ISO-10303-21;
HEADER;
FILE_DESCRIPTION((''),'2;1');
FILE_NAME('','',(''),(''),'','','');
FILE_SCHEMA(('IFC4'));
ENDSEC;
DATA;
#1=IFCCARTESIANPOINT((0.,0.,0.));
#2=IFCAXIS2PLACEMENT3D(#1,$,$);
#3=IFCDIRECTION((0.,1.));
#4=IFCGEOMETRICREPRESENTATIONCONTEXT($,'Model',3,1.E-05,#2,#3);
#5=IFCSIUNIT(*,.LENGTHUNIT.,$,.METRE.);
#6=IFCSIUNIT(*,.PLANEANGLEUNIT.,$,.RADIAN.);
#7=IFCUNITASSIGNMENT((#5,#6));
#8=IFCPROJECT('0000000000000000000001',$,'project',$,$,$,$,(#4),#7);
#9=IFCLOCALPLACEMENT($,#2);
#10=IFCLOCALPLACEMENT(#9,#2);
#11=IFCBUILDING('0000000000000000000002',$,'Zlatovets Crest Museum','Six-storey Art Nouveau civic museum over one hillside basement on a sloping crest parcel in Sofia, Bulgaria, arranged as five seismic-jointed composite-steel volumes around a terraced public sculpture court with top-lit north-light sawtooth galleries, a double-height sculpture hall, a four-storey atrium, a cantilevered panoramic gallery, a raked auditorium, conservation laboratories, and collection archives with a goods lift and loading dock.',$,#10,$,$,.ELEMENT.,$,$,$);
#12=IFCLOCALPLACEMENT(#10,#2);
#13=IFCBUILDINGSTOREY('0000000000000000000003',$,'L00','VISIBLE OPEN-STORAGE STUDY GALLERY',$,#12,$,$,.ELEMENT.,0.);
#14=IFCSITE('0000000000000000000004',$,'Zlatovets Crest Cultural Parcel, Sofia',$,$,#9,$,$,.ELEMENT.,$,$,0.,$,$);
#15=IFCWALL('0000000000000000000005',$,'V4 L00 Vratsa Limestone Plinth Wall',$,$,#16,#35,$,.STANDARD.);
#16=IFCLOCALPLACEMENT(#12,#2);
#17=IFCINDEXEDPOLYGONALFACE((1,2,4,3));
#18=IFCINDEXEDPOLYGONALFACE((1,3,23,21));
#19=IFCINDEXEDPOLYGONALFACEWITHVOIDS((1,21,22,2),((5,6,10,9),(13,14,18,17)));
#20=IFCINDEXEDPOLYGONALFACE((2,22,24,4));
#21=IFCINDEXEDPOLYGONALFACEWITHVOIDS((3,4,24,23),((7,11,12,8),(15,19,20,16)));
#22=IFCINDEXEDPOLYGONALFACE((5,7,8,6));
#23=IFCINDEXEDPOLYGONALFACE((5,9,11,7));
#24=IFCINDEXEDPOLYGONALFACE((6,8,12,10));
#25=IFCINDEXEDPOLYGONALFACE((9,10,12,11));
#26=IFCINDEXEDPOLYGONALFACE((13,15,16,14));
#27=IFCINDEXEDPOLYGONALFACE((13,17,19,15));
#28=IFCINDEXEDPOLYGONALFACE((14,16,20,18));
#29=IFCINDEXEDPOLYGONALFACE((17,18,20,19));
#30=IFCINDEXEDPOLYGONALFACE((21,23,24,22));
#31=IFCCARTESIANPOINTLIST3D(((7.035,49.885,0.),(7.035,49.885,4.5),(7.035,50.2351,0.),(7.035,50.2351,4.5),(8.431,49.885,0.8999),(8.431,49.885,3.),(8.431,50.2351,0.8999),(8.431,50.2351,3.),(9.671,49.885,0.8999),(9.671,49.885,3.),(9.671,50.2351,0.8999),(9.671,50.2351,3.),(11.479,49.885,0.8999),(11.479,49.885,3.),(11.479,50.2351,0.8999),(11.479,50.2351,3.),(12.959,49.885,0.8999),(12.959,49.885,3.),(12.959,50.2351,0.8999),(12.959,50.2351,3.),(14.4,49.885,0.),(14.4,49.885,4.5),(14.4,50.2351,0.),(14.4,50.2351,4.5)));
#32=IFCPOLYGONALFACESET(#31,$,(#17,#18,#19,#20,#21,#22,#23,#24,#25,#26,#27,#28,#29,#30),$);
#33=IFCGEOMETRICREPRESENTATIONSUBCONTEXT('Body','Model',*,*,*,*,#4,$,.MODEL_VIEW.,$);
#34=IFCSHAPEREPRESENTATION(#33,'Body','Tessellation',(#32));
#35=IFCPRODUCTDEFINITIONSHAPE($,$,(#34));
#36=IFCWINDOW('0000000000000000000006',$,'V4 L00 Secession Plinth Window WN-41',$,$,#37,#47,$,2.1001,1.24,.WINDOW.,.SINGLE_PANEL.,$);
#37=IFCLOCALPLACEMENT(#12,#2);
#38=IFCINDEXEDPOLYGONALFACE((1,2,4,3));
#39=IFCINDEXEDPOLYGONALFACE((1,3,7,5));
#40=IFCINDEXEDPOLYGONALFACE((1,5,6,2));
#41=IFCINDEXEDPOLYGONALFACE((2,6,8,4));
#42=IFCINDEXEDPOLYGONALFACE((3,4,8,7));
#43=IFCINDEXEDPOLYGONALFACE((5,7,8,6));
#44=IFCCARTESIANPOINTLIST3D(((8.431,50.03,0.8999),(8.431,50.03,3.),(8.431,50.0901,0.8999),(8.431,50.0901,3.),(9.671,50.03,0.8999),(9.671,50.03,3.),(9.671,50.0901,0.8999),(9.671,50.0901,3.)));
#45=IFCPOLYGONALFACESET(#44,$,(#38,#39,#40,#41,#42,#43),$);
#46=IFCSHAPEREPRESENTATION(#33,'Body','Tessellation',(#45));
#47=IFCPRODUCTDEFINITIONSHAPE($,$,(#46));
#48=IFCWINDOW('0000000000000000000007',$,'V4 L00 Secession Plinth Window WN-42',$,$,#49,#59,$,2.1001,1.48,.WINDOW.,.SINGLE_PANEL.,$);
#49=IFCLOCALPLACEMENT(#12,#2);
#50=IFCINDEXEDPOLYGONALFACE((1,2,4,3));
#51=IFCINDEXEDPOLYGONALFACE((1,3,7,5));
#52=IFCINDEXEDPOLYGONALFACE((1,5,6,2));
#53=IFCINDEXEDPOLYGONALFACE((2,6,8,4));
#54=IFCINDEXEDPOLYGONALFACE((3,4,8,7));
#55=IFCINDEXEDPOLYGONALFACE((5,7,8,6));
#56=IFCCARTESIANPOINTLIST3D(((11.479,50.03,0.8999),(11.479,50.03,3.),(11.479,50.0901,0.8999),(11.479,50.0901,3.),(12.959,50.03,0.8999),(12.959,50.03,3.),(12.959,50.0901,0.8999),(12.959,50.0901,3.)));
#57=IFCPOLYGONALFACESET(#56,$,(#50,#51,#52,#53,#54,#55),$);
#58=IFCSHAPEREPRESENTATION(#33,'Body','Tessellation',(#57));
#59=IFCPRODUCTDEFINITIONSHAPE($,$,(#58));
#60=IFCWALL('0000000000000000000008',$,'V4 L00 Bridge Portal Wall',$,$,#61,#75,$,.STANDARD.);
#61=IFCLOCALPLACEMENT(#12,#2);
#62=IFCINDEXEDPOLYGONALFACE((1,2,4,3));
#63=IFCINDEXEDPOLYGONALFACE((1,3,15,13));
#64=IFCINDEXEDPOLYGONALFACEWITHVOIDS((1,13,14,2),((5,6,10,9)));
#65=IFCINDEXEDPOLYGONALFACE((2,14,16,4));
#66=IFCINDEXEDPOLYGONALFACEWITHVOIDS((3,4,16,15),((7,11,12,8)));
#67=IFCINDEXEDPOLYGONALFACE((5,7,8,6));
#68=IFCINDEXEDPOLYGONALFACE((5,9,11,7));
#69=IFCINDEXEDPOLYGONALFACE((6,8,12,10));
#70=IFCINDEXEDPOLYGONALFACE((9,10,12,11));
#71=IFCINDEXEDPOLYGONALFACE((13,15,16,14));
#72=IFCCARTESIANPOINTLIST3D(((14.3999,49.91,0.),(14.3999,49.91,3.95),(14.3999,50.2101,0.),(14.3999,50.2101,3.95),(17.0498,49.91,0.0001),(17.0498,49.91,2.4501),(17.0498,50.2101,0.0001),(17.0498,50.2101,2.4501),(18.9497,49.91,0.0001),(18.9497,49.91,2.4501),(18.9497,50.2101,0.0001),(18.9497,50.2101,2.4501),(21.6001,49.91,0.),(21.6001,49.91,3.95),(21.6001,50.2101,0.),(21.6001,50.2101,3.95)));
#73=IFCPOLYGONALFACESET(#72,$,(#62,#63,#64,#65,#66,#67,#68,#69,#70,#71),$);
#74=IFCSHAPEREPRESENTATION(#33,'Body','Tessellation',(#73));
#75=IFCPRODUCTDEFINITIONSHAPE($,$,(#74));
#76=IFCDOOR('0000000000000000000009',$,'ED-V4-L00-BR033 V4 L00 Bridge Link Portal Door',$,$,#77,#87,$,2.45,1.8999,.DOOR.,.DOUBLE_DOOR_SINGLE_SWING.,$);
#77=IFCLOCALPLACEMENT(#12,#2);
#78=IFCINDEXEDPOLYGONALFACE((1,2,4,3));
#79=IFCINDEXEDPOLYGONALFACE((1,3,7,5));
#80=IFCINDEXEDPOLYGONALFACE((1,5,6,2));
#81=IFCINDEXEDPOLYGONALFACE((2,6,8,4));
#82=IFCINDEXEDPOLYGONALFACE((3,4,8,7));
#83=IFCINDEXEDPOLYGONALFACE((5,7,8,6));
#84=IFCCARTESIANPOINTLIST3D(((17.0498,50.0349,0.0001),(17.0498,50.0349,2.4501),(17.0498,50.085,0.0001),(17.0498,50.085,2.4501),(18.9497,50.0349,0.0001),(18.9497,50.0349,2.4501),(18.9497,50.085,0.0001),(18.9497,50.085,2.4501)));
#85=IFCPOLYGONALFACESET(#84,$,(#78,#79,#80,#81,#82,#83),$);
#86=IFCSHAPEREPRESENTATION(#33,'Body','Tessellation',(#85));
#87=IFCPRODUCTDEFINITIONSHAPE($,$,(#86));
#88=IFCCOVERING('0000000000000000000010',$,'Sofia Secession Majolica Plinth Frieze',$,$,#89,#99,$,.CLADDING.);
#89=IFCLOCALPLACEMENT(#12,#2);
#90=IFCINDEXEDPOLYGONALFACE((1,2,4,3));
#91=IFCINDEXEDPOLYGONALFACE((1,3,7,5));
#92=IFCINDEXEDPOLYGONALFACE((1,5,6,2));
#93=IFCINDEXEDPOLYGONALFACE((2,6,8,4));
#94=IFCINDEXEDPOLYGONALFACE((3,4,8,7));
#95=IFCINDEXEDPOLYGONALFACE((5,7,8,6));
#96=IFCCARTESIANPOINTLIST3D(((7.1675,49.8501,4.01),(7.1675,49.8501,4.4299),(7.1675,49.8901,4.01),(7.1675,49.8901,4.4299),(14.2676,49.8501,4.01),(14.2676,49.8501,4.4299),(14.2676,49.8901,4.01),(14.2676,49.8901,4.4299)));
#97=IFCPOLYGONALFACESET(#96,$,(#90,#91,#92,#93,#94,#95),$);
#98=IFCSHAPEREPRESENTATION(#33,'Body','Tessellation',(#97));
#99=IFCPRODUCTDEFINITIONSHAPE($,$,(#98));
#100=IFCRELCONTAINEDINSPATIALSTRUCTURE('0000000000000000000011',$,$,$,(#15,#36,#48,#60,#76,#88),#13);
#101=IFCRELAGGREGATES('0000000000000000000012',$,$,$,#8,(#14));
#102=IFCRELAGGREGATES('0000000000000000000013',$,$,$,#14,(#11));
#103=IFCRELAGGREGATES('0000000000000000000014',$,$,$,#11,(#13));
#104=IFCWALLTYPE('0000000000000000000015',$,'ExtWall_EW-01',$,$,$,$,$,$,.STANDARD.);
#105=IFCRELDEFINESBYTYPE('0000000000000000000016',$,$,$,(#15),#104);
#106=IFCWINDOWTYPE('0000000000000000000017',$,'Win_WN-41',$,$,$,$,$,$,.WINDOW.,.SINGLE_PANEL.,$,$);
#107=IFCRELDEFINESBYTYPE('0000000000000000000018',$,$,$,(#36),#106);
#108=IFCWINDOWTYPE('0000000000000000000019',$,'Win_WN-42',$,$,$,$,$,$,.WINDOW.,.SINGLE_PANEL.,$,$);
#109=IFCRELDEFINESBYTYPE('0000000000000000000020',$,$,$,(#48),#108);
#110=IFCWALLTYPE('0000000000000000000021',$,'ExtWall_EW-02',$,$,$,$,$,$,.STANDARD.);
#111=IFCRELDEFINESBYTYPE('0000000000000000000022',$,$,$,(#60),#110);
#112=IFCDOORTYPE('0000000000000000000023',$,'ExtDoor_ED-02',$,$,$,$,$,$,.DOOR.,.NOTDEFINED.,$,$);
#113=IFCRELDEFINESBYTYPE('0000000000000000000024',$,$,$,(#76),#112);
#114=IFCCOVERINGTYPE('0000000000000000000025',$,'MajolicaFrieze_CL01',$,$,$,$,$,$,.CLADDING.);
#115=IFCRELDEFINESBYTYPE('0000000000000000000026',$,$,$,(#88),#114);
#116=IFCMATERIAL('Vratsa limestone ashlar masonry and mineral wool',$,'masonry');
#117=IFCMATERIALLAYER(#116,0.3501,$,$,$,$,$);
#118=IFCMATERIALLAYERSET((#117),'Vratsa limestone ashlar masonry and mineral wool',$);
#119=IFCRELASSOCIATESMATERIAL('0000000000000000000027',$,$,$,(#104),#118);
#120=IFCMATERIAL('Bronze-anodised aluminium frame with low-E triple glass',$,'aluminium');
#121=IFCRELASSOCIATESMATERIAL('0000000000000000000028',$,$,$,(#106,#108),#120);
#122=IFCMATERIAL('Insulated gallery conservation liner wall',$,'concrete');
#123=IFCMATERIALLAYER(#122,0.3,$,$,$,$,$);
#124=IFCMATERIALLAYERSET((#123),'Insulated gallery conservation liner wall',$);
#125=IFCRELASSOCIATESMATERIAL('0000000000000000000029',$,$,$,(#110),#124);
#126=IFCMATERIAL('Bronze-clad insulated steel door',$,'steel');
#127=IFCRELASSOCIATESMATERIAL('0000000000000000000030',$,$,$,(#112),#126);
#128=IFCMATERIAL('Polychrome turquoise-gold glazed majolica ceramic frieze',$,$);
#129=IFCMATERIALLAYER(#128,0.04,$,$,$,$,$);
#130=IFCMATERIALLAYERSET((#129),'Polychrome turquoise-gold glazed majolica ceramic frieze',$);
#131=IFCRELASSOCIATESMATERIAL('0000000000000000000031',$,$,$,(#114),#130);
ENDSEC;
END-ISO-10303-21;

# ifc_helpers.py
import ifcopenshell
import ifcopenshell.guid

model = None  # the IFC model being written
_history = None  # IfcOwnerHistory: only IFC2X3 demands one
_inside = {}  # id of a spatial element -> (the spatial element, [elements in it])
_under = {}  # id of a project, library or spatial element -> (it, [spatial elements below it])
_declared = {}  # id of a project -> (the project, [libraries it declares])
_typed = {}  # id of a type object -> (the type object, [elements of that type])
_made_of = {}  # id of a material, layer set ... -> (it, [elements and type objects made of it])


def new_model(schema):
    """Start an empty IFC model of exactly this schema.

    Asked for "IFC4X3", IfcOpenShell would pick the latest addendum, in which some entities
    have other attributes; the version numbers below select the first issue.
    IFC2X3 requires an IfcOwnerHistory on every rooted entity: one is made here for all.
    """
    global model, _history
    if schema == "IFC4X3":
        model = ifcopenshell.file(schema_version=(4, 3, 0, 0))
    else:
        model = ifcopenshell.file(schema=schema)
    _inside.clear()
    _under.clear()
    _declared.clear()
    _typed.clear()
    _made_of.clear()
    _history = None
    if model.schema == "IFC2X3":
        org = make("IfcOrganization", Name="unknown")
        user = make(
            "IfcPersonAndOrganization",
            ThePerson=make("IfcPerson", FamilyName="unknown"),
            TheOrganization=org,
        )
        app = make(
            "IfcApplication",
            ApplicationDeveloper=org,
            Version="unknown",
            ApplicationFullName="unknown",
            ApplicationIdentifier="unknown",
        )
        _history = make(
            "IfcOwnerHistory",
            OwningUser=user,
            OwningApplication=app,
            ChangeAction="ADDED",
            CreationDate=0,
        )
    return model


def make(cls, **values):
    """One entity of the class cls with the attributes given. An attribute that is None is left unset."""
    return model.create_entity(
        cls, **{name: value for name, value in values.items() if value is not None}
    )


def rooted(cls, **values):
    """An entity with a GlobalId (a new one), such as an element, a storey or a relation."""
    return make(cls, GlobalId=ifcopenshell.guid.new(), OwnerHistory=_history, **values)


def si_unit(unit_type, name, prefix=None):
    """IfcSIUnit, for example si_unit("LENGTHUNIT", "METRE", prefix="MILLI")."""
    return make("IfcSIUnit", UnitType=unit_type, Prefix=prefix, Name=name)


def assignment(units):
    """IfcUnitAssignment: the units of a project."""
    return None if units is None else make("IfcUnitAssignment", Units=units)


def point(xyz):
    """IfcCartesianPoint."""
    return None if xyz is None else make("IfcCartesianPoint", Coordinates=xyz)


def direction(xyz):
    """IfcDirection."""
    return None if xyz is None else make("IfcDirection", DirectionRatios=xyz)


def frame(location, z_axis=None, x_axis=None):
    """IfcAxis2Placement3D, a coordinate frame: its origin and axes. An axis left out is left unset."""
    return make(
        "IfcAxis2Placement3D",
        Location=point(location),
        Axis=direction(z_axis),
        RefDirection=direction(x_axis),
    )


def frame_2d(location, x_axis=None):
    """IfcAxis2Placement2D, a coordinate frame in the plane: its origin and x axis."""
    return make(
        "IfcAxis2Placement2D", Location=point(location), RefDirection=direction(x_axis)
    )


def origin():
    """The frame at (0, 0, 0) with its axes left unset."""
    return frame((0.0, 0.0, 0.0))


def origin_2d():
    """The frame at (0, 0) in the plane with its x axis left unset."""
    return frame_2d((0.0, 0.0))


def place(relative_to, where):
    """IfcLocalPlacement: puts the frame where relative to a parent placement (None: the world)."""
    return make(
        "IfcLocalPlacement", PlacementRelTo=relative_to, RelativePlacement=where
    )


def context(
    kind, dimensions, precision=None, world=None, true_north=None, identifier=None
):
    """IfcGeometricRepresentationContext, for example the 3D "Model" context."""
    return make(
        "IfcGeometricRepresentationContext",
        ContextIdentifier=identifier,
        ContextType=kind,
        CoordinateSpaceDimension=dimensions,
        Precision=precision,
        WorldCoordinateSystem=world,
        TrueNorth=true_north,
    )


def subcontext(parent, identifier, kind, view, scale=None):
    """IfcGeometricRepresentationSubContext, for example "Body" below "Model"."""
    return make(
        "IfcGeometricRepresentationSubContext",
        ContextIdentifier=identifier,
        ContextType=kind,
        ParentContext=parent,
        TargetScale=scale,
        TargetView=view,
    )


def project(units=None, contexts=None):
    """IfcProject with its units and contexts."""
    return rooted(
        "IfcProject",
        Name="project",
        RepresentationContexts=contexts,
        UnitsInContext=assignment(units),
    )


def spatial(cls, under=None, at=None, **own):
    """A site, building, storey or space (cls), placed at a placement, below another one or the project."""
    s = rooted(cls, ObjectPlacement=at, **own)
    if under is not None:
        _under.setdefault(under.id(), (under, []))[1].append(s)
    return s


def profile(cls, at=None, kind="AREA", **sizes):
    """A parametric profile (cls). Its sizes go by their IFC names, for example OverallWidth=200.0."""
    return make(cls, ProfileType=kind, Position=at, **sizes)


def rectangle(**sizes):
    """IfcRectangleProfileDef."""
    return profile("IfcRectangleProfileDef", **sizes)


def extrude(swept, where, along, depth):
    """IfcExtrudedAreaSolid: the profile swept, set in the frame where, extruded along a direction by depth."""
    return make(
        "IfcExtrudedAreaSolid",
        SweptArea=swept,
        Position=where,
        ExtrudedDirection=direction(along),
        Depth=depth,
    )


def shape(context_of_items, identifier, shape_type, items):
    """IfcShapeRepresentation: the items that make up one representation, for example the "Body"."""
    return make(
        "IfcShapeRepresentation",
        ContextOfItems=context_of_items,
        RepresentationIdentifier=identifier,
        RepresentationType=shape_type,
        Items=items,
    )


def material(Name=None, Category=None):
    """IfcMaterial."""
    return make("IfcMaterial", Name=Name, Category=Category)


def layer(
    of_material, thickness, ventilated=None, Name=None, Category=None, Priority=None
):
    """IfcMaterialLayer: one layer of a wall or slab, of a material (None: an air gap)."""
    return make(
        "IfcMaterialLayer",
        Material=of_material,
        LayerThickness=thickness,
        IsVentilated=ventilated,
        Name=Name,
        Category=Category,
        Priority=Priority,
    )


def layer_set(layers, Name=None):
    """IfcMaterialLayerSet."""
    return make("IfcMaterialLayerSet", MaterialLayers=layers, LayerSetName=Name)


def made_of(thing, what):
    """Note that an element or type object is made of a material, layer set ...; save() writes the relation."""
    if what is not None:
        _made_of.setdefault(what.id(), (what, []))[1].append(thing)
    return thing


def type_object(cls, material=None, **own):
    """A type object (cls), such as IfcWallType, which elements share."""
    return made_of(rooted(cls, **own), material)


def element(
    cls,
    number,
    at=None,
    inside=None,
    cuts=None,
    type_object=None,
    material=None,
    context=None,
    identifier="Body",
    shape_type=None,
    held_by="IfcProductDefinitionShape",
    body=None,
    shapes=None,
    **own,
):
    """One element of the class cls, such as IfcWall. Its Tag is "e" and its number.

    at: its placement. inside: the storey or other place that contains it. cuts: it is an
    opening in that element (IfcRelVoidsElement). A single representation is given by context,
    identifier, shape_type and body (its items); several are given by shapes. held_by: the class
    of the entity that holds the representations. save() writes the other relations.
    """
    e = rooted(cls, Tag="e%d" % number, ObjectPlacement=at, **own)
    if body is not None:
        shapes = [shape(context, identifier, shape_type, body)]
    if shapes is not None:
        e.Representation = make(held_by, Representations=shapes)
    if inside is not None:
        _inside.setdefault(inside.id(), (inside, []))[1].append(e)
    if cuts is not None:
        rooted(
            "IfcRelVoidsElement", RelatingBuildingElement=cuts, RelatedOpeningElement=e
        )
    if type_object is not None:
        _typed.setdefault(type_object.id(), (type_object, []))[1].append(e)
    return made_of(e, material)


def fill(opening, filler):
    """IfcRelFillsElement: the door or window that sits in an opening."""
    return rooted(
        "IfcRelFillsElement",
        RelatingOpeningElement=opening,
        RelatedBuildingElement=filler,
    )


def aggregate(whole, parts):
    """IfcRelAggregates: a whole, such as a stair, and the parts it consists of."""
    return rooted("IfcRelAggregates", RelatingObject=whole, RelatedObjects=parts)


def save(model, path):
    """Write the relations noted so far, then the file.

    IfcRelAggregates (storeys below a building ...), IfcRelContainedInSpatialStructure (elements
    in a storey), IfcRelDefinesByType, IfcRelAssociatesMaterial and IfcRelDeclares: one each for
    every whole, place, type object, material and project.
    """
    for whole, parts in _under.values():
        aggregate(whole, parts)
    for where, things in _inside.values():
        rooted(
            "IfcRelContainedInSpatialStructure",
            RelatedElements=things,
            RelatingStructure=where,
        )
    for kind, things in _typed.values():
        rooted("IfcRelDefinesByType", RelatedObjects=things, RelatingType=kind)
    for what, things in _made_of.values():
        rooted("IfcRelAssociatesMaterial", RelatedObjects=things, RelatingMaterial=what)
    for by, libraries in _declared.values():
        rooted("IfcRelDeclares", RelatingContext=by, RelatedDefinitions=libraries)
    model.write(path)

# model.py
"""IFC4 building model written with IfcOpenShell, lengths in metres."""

from ifc_helpers import new_model, si_unit, direction, frame, frame_2d, origin, origin_2d, place, context, subcontext, project, spatial, rectangle, extrude, material, layer, layer_set, type_object, element, fill, save


model = new_model("IFC4")

# Units and contexts
model_context = context("Model", 3, precision=1e-05, world=origin(), true_north=direction((0.0, 1.0)))
body_context = subcontext(model_context, "Body", "Model", "MODEL_VIEW")
ifc_project = project(units=[si_unit("LENGTHUNIT", "METRE"), si_unit("PLANEANGLEUNIT", "RADIAN")], contexts=[model_context])

# Site, building, storey
site_placement = place(None, origin())
site = spatial("IfcSite", under=ifc_project, at=site_placement, Name="Zlatovets Crest Cultural Parcel, Sofia", CompositionType="ELEMENT", RefElevation=0.0)
building_placement = place(site_placement, origin())
building = spatial("IfcBuilding", under=site, at=building_placement, Name="Zlatovets Crest Museum", Description="Six-storey Art Nouveau civic museum over one hillside basement on a sloping crest parcel in Sofia, Bulgaria, arranged as five seismic-jointed composite-steel volumes around a terraced public sculpture court with top-lit north-light sawtooth galleries, a double-height sculpture hall, a four-storey atrium, a cantilevered panoramic gallery, a raked auditorium, conservation laboratories, and collection archives with a goods lift and loading dock.", CompositionType="ELEMENT")
storey_placement = place(building_placement, origin())
storey = spatial("IfcBuildingStorey", under=building, at=storey_placement, Name="L00", Description="VISIBLE OPEN-STORAGE STUDY GALLERY", CompositionType="ELEMENT", Elevation=0.0)

# Wall, openings, windows
ifc_material_1 = material(Name="Vratsa limestone ashlar masonry and mineral wool", Category="masonry")
ifc_layer_1 = layer(ifc_material_1, 0.3501)
ifc_layer_set_1 = layer_set([ifc_layer_1], Name="Vratsa limestone ashlar masonry and mineral wool")
wall_type_1 = type_object("IfcWallType", Name="ExtWall_EW-01", PredefinedType="STANDARD", material=ifc_layer_set_1)
wall_1_placement = place(storey_placement, frame((7.0349, 50.0601, 0.0), z_axis=(0.0, 0.0, 1.0), x_axis=(1.0, 0.0, 0.0)))
wall_1 = element("IfcWall", 1, at=wall_1_placement, inside=storey, type_object=wall_type_1, Name="V4 L00 Vratsa Limestone Plinth Wall", PredefinedType="STANDARD", context=body_context, shape_type="SweptSolid", body=[
    extrude(rectangle(XDim=7.365, YDim=0.3501, at=frame_2d((3.6826, 0.0))), origin(), (0.0, 0.0, 1.0), 4.5),
])
opening_1_placement = place(wall_1_placement, frame((1.396, 0.0, 0.8999)))
opening_1 = element("IfcOpeningElement", 2, at=opening_1_placement, cuts=wall_1, PredefinedType="OPENING", context=body_context, shape_type="SweptSolid", body=[
    extrude(rectangle(XDim=1.24, YDim=2.1001, at=frame_2d((0.6201, 1.05))), frame((0.0, 0.1851, 0.0), z_axis=(0.0, -1.0, 0.0), x_axis=(1.0, 0.0, 0.0)), (0.0, 0.0, 1.0), 0.3701),
])
opening_2_placement = place(wall_1_placement, frame((4.4441, 0.0, 0.8999)))
opening_2 = element("IfcOpeningElement", 3, at=opening_2_placement, cuts=wall_1, PredefinedType="OPENING", context=body_context, shape_type="SweptSolid", body=[
    extrude(rectangle(XDim=1.48, YDim=2.1001, at=frame_2d((0.74, 1.05))), frame((0.0, 0.1851, 0.0), z_axis=(0.0, -1.0, 0.0), x_axis=(1.0, 0.0, 0.0)), (0.0, 0.0, 1.0), 0.3701),
])
ifc_material_2 = material(Name="Bronze-anodised aluminium frame with low-E triple glass", Category="aluminium")
window_type_1 = type_object("IfcWindowType", Name="Win_WN-41", PartitioningType="SINGLE_PANEL", PredefinedType="WINDOW", material=ifc_material_2)
window_1_placement = place(opening_1_placement, origin())
window_1 = element("IfcWindow", 4, at=window_1_placement, inside=storey, type_object=window_type_1, Name="V4 L00 Secession Plinth Window WN-41", OverallHeight=2.1001, OverallWidth=1.24, PartitioningType="SINGLE_PANEL", PredefinedType="WINDOW", context=body_context, shape_type="SweptSolid", body=[
    extrude(rectangle(XDim=1.24, YDim=2.1001, at=frame_2d((0.6201, 1.05))), frame((0.0, 0.03, 0.0), z_axis=(0.0, -1.0, 0.0), x_axis=(1.0, 0.0, 0.0)), (0.0, 0.0, 1.0), 0.0601),
])
fill(opening_1, window_1)
window_type_2 = type_object("IfcWindowType", Name="Win_WN-42", PartitioningType="SINGLE_PANEL", PredefinedType="WINDOW", material=ifc_material_2)
window_2_placement = place(opening_2_placement, origin())
window_2 = element("IfcWindow", 5, at=window_2_placement, inside=storey, type_object=window_type_2, Name="V4 L00 Secession Plinth Window WN-42", OverallHeight=2.1001, OverallWidth=1.48, PartitioningType="SINGLE_PANEL", PredefinedType="WINDOW", context=body_context, shape_type="SweptSolid", body=[
    extrude(rectangle(XDim=1.48, YDim=2.1001, at=frame_2d((0.74, 1.05))), frame((0.0, 0.03, 0.0), z_axis=(0.0, -1.0, 0.0), x_axis=(1.0, 0.0, 0.0)), (0.0, 0.0, 1.0), 0.0601),
])
fill(opening_2, window_2)

# Wall, opening, door
ifc_material_3 = material(Name="Insulated gallery conservation liner wall", Category="concrete")
ifc_layer_2 = layer(ifc_material_3, 0.3)
ifc_layer_set_2 = layer_set([ifc_layer_2], Name="Insulated gallery conservation liner wall")
wall_type_2 = type_object("IfcWallType", Name="ExtWall_EW-02", PredefinedType="STANDARD", material=ifc_layer_set_2)
wall_2_placement = place(storey_placement, frame((14.3999, 50.0601, 0.0), z_axis=(0.0, 0.0, 1.0), x_axis=(1.0, 0.0, 0.0)))
wall_2 = element("IfcWall", 6, at=wall_2_placement, inside=storey, type_object=wall_type_2, Name="V4 L00 Bridge Portal Wall", PredefinedType="STANDARD", context=body_context, shape_type="SweptSolid", body=[
    extrude(rectangle(XDim=7.2002, YDim=0.3, at=frame_2d((3.6001, 0.0))), origin(), (0.0, 0.0, 1.0), 3.95),
])
opening_3_placement = place(wall_2_placement, frame((2.6499, 0.0, 0.0)))
opening_3 = element("IfcOpeningElement", 7, at=opening_3_placement, cuts=wall_2, PredefinedType="OPENING", context=body_context, shape_type="SweptSolid", body=[
    extrude(rectangle(XDim=1.8999, YDim=2.45, at=frame_2d((0.95, 1.2251))), frame((0.0, 0.1602, 0.0), z_axis=(0.0, -1.0, 0.0), x_axis=(1.0, 0.0, 0.0)), (0.0, 0.0, 1.0), 0.3201),
])
ifc_material_4 = material(Name="Bronze-clad insulated steel door", Category="steel")
door_type = type_object("IfcDoorType", Name="ExtDoor_ED-02", OperationType="NOTDEFINED", PredefinedType="DOOR", material=ifc_material_4)
door_placement = place(opening_3_placement, origin())
door = element("IfcDoor", 8, at=door_placement, inside=storey, type_object=door_type, Name="ED-V4-L00-BR033 V4 L00 Bridge Link Portal Door", OperationType="DOUBLE_DOOR_SINGLE_SWING", OverallHeight=2.45, OverallWidth=1.8999, PredefinedType="DOOR", context=body_context, shape_type="SweptSolid", body=[
    extrude(rectangle(XDim=1.8999, YDim=2.45, at=frame_2d((0.95, 1.2251))), frame((0.0, 0.0249, 0.0), z_axis=(0.0, -1.0, 0.0), x_axis=(1.0, 0.0, 0.0)), (0.0, 0.0, 1.0), 0.05),
])
fill(opening_3, door)

# Covering
ifc_material_5 = material(Name="Polychrome turquoise-gold glazed majolica ceramic frieze")
ifc_layer_3 = layer(ifc_material_5, 0.04)
ifc_layer_set_3 = layer_set([ifc_layer_3], Name="Polychrome turquoise-gold glazed majolica ceramic frieze")
covering_type = type_object("IfcCoveringType", Name="MajolicaFrieze_CL01", PredefinedType="CLADDING", material=ifc_layer_set_3)
covering_placement = place(storey_placement, frame((10.7175, 49.8701, 4.01), z_axis=(0.0, 0.0, 1.0), x_axis=(1.0, 0.0, 0.0)))
element("IfcCovering", 9, at=covering_placement, inside=storey, type_object=covering_type, Name="Sofia Secession Majolica Plinth Frieze", PredefinedType="CLADDING", context=body_context, shape_type="SweptSolid", body=[
    extrude(rectangle(XDim=7.1001, YDim=0.04, at=origin_2d()), origin(), (0.0, 0.0, 1.0), 0.4199),
])

save(model, "model.ifc")
